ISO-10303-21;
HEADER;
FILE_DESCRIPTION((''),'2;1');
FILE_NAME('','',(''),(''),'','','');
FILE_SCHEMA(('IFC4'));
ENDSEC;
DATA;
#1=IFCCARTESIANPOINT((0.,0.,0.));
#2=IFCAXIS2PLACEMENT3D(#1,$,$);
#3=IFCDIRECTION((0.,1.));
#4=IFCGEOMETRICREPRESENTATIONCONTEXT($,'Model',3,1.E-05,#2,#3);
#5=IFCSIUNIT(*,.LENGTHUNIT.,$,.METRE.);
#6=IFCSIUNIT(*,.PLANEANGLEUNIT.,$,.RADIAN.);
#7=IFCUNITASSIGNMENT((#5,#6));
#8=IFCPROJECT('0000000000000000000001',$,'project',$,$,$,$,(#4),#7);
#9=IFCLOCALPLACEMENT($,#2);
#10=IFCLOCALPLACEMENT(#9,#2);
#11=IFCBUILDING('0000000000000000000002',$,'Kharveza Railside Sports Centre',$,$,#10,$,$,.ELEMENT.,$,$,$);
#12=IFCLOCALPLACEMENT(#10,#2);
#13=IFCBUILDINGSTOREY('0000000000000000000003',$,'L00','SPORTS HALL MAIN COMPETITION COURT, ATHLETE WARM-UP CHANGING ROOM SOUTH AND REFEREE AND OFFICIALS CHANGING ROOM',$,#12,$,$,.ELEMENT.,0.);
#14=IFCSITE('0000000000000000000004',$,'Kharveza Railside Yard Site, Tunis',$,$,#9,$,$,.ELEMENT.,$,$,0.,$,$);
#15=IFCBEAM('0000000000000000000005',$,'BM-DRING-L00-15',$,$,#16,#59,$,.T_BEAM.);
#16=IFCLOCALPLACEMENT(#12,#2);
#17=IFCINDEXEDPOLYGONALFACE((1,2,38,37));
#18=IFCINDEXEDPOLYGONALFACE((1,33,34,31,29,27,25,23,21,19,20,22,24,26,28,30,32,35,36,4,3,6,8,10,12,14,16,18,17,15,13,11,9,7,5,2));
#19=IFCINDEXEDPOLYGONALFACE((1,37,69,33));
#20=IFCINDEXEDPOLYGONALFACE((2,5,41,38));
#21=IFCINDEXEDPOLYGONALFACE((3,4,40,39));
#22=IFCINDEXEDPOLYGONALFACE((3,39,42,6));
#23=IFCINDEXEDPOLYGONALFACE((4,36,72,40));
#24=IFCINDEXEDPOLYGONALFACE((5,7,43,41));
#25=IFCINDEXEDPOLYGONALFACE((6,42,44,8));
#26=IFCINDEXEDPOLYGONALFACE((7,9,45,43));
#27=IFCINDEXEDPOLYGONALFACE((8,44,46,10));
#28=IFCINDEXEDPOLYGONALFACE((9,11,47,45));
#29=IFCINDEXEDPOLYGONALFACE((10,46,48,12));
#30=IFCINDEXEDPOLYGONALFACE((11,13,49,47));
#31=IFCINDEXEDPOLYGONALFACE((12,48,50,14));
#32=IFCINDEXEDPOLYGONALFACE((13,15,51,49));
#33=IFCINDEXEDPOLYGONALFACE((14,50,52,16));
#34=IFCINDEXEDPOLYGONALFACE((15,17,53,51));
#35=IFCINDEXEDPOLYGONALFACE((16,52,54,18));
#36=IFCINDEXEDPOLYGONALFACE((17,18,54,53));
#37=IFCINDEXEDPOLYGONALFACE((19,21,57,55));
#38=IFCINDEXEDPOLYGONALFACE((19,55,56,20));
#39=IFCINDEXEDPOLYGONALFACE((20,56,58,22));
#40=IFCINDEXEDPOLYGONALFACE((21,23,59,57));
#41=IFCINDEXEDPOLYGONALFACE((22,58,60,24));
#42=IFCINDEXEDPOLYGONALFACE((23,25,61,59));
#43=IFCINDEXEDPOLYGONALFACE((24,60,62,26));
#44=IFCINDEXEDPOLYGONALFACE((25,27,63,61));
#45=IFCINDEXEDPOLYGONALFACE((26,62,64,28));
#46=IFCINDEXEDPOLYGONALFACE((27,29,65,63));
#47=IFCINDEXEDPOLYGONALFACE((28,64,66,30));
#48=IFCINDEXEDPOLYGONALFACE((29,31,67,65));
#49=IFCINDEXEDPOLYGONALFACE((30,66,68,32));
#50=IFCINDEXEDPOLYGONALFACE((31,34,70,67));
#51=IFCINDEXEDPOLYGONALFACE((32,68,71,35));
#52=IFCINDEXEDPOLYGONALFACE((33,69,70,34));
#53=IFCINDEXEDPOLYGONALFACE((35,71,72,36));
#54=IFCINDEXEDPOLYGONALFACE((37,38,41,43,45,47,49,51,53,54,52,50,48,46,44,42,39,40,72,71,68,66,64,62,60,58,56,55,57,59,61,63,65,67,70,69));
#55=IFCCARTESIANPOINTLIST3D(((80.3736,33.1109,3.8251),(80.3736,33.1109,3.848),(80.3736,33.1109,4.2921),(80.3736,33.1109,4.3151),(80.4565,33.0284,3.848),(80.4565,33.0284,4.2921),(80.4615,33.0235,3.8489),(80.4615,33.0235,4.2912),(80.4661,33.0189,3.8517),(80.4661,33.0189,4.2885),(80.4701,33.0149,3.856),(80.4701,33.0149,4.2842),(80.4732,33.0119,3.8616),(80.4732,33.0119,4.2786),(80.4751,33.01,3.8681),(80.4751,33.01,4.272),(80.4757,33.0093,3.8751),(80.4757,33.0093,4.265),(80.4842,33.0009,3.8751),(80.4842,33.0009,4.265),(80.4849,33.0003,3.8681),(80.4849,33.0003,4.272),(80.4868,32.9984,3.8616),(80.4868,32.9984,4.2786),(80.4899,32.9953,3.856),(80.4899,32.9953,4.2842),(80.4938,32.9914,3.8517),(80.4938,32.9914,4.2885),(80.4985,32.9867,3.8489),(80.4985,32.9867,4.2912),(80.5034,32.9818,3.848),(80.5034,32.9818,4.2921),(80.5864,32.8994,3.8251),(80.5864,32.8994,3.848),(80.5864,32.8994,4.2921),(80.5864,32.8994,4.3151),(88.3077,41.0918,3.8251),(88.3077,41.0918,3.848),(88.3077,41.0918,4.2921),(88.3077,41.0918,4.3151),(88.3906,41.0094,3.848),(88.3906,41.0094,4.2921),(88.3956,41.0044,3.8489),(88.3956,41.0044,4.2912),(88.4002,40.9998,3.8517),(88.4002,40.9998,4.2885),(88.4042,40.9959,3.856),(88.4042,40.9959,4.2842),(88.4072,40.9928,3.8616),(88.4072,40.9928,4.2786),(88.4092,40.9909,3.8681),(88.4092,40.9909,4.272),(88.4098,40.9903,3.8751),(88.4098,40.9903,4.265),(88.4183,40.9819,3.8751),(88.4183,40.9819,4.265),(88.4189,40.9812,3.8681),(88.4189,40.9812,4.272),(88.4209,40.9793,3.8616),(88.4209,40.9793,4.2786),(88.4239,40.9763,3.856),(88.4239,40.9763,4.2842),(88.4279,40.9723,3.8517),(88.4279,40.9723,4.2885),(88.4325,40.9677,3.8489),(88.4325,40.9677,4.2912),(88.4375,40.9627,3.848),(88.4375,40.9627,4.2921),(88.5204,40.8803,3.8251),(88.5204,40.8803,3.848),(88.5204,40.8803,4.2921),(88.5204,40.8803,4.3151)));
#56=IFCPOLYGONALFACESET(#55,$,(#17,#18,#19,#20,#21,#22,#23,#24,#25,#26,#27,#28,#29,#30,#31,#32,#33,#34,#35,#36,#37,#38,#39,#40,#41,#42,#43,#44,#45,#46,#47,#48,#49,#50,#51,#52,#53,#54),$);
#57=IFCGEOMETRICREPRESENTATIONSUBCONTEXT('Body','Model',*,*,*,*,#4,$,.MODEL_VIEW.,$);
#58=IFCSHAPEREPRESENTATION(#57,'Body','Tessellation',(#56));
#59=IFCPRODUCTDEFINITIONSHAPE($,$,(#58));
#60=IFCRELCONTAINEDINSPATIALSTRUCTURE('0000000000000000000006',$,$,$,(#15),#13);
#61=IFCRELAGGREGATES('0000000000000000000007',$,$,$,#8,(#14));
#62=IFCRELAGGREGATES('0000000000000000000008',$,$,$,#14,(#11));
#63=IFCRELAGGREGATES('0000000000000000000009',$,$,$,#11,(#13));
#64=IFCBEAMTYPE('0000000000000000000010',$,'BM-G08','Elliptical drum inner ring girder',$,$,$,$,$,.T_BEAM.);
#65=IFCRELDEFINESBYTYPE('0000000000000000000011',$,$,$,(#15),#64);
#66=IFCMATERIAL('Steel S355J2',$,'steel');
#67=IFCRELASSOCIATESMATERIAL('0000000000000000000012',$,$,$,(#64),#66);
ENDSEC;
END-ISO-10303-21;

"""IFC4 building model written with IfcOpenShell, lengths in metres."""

from ifc_helpers import new_model, si_unit, direction, frame, origin, origin_2d, place, context, subcontext, project, spatial, i_section, extrude, material, material_profile, profile_set, type_object, element, save


model = new_model("IFC4")

# Units and contexts
model_context = context("Model", 3, precision=1e-05, world=origin(), true_north=direction((0.0, 1.0)))
body_context = subcontext(model_context, "Body", "Model", "MODEL_VIEW")
ifc_project = project(units=[si_unit("LENGTHUNIT", "METRE"), si_unit("PLANEANGLEUNIT", "RADIAN")], contexts=[model_context])

# Site, building, storey
site_placement = place(None, origin())
site = spatial("IfcSite", under=ifc_project, at=site_placement, Name="Kharveza Railside Yard Site, Tunis", CompositionType="ELEMENT", RefElevation=0.0)
building_placement = place(site_placement, origin())
building = spatial("IfcBuilding", under=site, at=building_placement, Name="Kharveza Railside Sports Centre", CompositionType="ELEMENT")
storey_placement = place(building_placement, origin())
storey = spatial("IfcBuildingStorey", under=building, at=storey_placement, Name="L00", Description="SPORTS HALL MAIN COMPETITION COURT, ATHLETE WARM-UP CHANGING ROOM SOUTH AND REFEREE AND OFFICIALS CHANGING ROOM", CompositionType="ELEMENT", Elevation=0.0)

# Shared definitions
ifc_material_1 = material(Name="Steel S355J2", Category="steel")

# Beam
ifc_material_profile_1 = material_profile(ifc_material_1, i_section(OverallWidth=0.3, OverallDepth=0.49, WebThickness=0.012, FlangeThickness=0.0229, FilletRadius=0.0271, at=origin_2d()), Name="HEA 500")
ifc_profile_set_1 = profile_set([ifc_material_profile_1], Name="Steel S355J2")
beam_type_1 = type_object("IfcBeamType", Name="BM-G08", Description="Elliptical drum inner ring girder", PredefinedType="T_BEAM", material=ifc_profile_set_1)
beam_1_placement = place(storey_placement, frame((80.48, 33.0051, 4.0701), z_axis=(0.705021, 0.709186, 0.0), x_axis=(-0.709186, 0.705021, 0.0)))
element("IfcBeam", 1, at=beam_1_placement, inside=storey, type_object=beam_type_1, Name="BM-DRING-L00-15", PredefinedType="T_BEAM", context=body_context, shape_type="SweptSolid", body=[
    extrude(i_section(OverallWidth=0.3, OverallDepth=0.49, WebThickness=0.012, FlangeThickness=0.0229, FilletRadius=0.0271, at=origin_2d()), origin(), (0.0, 0.0, 1.0), 11.2537),
])

save(model, "model.ifc")
